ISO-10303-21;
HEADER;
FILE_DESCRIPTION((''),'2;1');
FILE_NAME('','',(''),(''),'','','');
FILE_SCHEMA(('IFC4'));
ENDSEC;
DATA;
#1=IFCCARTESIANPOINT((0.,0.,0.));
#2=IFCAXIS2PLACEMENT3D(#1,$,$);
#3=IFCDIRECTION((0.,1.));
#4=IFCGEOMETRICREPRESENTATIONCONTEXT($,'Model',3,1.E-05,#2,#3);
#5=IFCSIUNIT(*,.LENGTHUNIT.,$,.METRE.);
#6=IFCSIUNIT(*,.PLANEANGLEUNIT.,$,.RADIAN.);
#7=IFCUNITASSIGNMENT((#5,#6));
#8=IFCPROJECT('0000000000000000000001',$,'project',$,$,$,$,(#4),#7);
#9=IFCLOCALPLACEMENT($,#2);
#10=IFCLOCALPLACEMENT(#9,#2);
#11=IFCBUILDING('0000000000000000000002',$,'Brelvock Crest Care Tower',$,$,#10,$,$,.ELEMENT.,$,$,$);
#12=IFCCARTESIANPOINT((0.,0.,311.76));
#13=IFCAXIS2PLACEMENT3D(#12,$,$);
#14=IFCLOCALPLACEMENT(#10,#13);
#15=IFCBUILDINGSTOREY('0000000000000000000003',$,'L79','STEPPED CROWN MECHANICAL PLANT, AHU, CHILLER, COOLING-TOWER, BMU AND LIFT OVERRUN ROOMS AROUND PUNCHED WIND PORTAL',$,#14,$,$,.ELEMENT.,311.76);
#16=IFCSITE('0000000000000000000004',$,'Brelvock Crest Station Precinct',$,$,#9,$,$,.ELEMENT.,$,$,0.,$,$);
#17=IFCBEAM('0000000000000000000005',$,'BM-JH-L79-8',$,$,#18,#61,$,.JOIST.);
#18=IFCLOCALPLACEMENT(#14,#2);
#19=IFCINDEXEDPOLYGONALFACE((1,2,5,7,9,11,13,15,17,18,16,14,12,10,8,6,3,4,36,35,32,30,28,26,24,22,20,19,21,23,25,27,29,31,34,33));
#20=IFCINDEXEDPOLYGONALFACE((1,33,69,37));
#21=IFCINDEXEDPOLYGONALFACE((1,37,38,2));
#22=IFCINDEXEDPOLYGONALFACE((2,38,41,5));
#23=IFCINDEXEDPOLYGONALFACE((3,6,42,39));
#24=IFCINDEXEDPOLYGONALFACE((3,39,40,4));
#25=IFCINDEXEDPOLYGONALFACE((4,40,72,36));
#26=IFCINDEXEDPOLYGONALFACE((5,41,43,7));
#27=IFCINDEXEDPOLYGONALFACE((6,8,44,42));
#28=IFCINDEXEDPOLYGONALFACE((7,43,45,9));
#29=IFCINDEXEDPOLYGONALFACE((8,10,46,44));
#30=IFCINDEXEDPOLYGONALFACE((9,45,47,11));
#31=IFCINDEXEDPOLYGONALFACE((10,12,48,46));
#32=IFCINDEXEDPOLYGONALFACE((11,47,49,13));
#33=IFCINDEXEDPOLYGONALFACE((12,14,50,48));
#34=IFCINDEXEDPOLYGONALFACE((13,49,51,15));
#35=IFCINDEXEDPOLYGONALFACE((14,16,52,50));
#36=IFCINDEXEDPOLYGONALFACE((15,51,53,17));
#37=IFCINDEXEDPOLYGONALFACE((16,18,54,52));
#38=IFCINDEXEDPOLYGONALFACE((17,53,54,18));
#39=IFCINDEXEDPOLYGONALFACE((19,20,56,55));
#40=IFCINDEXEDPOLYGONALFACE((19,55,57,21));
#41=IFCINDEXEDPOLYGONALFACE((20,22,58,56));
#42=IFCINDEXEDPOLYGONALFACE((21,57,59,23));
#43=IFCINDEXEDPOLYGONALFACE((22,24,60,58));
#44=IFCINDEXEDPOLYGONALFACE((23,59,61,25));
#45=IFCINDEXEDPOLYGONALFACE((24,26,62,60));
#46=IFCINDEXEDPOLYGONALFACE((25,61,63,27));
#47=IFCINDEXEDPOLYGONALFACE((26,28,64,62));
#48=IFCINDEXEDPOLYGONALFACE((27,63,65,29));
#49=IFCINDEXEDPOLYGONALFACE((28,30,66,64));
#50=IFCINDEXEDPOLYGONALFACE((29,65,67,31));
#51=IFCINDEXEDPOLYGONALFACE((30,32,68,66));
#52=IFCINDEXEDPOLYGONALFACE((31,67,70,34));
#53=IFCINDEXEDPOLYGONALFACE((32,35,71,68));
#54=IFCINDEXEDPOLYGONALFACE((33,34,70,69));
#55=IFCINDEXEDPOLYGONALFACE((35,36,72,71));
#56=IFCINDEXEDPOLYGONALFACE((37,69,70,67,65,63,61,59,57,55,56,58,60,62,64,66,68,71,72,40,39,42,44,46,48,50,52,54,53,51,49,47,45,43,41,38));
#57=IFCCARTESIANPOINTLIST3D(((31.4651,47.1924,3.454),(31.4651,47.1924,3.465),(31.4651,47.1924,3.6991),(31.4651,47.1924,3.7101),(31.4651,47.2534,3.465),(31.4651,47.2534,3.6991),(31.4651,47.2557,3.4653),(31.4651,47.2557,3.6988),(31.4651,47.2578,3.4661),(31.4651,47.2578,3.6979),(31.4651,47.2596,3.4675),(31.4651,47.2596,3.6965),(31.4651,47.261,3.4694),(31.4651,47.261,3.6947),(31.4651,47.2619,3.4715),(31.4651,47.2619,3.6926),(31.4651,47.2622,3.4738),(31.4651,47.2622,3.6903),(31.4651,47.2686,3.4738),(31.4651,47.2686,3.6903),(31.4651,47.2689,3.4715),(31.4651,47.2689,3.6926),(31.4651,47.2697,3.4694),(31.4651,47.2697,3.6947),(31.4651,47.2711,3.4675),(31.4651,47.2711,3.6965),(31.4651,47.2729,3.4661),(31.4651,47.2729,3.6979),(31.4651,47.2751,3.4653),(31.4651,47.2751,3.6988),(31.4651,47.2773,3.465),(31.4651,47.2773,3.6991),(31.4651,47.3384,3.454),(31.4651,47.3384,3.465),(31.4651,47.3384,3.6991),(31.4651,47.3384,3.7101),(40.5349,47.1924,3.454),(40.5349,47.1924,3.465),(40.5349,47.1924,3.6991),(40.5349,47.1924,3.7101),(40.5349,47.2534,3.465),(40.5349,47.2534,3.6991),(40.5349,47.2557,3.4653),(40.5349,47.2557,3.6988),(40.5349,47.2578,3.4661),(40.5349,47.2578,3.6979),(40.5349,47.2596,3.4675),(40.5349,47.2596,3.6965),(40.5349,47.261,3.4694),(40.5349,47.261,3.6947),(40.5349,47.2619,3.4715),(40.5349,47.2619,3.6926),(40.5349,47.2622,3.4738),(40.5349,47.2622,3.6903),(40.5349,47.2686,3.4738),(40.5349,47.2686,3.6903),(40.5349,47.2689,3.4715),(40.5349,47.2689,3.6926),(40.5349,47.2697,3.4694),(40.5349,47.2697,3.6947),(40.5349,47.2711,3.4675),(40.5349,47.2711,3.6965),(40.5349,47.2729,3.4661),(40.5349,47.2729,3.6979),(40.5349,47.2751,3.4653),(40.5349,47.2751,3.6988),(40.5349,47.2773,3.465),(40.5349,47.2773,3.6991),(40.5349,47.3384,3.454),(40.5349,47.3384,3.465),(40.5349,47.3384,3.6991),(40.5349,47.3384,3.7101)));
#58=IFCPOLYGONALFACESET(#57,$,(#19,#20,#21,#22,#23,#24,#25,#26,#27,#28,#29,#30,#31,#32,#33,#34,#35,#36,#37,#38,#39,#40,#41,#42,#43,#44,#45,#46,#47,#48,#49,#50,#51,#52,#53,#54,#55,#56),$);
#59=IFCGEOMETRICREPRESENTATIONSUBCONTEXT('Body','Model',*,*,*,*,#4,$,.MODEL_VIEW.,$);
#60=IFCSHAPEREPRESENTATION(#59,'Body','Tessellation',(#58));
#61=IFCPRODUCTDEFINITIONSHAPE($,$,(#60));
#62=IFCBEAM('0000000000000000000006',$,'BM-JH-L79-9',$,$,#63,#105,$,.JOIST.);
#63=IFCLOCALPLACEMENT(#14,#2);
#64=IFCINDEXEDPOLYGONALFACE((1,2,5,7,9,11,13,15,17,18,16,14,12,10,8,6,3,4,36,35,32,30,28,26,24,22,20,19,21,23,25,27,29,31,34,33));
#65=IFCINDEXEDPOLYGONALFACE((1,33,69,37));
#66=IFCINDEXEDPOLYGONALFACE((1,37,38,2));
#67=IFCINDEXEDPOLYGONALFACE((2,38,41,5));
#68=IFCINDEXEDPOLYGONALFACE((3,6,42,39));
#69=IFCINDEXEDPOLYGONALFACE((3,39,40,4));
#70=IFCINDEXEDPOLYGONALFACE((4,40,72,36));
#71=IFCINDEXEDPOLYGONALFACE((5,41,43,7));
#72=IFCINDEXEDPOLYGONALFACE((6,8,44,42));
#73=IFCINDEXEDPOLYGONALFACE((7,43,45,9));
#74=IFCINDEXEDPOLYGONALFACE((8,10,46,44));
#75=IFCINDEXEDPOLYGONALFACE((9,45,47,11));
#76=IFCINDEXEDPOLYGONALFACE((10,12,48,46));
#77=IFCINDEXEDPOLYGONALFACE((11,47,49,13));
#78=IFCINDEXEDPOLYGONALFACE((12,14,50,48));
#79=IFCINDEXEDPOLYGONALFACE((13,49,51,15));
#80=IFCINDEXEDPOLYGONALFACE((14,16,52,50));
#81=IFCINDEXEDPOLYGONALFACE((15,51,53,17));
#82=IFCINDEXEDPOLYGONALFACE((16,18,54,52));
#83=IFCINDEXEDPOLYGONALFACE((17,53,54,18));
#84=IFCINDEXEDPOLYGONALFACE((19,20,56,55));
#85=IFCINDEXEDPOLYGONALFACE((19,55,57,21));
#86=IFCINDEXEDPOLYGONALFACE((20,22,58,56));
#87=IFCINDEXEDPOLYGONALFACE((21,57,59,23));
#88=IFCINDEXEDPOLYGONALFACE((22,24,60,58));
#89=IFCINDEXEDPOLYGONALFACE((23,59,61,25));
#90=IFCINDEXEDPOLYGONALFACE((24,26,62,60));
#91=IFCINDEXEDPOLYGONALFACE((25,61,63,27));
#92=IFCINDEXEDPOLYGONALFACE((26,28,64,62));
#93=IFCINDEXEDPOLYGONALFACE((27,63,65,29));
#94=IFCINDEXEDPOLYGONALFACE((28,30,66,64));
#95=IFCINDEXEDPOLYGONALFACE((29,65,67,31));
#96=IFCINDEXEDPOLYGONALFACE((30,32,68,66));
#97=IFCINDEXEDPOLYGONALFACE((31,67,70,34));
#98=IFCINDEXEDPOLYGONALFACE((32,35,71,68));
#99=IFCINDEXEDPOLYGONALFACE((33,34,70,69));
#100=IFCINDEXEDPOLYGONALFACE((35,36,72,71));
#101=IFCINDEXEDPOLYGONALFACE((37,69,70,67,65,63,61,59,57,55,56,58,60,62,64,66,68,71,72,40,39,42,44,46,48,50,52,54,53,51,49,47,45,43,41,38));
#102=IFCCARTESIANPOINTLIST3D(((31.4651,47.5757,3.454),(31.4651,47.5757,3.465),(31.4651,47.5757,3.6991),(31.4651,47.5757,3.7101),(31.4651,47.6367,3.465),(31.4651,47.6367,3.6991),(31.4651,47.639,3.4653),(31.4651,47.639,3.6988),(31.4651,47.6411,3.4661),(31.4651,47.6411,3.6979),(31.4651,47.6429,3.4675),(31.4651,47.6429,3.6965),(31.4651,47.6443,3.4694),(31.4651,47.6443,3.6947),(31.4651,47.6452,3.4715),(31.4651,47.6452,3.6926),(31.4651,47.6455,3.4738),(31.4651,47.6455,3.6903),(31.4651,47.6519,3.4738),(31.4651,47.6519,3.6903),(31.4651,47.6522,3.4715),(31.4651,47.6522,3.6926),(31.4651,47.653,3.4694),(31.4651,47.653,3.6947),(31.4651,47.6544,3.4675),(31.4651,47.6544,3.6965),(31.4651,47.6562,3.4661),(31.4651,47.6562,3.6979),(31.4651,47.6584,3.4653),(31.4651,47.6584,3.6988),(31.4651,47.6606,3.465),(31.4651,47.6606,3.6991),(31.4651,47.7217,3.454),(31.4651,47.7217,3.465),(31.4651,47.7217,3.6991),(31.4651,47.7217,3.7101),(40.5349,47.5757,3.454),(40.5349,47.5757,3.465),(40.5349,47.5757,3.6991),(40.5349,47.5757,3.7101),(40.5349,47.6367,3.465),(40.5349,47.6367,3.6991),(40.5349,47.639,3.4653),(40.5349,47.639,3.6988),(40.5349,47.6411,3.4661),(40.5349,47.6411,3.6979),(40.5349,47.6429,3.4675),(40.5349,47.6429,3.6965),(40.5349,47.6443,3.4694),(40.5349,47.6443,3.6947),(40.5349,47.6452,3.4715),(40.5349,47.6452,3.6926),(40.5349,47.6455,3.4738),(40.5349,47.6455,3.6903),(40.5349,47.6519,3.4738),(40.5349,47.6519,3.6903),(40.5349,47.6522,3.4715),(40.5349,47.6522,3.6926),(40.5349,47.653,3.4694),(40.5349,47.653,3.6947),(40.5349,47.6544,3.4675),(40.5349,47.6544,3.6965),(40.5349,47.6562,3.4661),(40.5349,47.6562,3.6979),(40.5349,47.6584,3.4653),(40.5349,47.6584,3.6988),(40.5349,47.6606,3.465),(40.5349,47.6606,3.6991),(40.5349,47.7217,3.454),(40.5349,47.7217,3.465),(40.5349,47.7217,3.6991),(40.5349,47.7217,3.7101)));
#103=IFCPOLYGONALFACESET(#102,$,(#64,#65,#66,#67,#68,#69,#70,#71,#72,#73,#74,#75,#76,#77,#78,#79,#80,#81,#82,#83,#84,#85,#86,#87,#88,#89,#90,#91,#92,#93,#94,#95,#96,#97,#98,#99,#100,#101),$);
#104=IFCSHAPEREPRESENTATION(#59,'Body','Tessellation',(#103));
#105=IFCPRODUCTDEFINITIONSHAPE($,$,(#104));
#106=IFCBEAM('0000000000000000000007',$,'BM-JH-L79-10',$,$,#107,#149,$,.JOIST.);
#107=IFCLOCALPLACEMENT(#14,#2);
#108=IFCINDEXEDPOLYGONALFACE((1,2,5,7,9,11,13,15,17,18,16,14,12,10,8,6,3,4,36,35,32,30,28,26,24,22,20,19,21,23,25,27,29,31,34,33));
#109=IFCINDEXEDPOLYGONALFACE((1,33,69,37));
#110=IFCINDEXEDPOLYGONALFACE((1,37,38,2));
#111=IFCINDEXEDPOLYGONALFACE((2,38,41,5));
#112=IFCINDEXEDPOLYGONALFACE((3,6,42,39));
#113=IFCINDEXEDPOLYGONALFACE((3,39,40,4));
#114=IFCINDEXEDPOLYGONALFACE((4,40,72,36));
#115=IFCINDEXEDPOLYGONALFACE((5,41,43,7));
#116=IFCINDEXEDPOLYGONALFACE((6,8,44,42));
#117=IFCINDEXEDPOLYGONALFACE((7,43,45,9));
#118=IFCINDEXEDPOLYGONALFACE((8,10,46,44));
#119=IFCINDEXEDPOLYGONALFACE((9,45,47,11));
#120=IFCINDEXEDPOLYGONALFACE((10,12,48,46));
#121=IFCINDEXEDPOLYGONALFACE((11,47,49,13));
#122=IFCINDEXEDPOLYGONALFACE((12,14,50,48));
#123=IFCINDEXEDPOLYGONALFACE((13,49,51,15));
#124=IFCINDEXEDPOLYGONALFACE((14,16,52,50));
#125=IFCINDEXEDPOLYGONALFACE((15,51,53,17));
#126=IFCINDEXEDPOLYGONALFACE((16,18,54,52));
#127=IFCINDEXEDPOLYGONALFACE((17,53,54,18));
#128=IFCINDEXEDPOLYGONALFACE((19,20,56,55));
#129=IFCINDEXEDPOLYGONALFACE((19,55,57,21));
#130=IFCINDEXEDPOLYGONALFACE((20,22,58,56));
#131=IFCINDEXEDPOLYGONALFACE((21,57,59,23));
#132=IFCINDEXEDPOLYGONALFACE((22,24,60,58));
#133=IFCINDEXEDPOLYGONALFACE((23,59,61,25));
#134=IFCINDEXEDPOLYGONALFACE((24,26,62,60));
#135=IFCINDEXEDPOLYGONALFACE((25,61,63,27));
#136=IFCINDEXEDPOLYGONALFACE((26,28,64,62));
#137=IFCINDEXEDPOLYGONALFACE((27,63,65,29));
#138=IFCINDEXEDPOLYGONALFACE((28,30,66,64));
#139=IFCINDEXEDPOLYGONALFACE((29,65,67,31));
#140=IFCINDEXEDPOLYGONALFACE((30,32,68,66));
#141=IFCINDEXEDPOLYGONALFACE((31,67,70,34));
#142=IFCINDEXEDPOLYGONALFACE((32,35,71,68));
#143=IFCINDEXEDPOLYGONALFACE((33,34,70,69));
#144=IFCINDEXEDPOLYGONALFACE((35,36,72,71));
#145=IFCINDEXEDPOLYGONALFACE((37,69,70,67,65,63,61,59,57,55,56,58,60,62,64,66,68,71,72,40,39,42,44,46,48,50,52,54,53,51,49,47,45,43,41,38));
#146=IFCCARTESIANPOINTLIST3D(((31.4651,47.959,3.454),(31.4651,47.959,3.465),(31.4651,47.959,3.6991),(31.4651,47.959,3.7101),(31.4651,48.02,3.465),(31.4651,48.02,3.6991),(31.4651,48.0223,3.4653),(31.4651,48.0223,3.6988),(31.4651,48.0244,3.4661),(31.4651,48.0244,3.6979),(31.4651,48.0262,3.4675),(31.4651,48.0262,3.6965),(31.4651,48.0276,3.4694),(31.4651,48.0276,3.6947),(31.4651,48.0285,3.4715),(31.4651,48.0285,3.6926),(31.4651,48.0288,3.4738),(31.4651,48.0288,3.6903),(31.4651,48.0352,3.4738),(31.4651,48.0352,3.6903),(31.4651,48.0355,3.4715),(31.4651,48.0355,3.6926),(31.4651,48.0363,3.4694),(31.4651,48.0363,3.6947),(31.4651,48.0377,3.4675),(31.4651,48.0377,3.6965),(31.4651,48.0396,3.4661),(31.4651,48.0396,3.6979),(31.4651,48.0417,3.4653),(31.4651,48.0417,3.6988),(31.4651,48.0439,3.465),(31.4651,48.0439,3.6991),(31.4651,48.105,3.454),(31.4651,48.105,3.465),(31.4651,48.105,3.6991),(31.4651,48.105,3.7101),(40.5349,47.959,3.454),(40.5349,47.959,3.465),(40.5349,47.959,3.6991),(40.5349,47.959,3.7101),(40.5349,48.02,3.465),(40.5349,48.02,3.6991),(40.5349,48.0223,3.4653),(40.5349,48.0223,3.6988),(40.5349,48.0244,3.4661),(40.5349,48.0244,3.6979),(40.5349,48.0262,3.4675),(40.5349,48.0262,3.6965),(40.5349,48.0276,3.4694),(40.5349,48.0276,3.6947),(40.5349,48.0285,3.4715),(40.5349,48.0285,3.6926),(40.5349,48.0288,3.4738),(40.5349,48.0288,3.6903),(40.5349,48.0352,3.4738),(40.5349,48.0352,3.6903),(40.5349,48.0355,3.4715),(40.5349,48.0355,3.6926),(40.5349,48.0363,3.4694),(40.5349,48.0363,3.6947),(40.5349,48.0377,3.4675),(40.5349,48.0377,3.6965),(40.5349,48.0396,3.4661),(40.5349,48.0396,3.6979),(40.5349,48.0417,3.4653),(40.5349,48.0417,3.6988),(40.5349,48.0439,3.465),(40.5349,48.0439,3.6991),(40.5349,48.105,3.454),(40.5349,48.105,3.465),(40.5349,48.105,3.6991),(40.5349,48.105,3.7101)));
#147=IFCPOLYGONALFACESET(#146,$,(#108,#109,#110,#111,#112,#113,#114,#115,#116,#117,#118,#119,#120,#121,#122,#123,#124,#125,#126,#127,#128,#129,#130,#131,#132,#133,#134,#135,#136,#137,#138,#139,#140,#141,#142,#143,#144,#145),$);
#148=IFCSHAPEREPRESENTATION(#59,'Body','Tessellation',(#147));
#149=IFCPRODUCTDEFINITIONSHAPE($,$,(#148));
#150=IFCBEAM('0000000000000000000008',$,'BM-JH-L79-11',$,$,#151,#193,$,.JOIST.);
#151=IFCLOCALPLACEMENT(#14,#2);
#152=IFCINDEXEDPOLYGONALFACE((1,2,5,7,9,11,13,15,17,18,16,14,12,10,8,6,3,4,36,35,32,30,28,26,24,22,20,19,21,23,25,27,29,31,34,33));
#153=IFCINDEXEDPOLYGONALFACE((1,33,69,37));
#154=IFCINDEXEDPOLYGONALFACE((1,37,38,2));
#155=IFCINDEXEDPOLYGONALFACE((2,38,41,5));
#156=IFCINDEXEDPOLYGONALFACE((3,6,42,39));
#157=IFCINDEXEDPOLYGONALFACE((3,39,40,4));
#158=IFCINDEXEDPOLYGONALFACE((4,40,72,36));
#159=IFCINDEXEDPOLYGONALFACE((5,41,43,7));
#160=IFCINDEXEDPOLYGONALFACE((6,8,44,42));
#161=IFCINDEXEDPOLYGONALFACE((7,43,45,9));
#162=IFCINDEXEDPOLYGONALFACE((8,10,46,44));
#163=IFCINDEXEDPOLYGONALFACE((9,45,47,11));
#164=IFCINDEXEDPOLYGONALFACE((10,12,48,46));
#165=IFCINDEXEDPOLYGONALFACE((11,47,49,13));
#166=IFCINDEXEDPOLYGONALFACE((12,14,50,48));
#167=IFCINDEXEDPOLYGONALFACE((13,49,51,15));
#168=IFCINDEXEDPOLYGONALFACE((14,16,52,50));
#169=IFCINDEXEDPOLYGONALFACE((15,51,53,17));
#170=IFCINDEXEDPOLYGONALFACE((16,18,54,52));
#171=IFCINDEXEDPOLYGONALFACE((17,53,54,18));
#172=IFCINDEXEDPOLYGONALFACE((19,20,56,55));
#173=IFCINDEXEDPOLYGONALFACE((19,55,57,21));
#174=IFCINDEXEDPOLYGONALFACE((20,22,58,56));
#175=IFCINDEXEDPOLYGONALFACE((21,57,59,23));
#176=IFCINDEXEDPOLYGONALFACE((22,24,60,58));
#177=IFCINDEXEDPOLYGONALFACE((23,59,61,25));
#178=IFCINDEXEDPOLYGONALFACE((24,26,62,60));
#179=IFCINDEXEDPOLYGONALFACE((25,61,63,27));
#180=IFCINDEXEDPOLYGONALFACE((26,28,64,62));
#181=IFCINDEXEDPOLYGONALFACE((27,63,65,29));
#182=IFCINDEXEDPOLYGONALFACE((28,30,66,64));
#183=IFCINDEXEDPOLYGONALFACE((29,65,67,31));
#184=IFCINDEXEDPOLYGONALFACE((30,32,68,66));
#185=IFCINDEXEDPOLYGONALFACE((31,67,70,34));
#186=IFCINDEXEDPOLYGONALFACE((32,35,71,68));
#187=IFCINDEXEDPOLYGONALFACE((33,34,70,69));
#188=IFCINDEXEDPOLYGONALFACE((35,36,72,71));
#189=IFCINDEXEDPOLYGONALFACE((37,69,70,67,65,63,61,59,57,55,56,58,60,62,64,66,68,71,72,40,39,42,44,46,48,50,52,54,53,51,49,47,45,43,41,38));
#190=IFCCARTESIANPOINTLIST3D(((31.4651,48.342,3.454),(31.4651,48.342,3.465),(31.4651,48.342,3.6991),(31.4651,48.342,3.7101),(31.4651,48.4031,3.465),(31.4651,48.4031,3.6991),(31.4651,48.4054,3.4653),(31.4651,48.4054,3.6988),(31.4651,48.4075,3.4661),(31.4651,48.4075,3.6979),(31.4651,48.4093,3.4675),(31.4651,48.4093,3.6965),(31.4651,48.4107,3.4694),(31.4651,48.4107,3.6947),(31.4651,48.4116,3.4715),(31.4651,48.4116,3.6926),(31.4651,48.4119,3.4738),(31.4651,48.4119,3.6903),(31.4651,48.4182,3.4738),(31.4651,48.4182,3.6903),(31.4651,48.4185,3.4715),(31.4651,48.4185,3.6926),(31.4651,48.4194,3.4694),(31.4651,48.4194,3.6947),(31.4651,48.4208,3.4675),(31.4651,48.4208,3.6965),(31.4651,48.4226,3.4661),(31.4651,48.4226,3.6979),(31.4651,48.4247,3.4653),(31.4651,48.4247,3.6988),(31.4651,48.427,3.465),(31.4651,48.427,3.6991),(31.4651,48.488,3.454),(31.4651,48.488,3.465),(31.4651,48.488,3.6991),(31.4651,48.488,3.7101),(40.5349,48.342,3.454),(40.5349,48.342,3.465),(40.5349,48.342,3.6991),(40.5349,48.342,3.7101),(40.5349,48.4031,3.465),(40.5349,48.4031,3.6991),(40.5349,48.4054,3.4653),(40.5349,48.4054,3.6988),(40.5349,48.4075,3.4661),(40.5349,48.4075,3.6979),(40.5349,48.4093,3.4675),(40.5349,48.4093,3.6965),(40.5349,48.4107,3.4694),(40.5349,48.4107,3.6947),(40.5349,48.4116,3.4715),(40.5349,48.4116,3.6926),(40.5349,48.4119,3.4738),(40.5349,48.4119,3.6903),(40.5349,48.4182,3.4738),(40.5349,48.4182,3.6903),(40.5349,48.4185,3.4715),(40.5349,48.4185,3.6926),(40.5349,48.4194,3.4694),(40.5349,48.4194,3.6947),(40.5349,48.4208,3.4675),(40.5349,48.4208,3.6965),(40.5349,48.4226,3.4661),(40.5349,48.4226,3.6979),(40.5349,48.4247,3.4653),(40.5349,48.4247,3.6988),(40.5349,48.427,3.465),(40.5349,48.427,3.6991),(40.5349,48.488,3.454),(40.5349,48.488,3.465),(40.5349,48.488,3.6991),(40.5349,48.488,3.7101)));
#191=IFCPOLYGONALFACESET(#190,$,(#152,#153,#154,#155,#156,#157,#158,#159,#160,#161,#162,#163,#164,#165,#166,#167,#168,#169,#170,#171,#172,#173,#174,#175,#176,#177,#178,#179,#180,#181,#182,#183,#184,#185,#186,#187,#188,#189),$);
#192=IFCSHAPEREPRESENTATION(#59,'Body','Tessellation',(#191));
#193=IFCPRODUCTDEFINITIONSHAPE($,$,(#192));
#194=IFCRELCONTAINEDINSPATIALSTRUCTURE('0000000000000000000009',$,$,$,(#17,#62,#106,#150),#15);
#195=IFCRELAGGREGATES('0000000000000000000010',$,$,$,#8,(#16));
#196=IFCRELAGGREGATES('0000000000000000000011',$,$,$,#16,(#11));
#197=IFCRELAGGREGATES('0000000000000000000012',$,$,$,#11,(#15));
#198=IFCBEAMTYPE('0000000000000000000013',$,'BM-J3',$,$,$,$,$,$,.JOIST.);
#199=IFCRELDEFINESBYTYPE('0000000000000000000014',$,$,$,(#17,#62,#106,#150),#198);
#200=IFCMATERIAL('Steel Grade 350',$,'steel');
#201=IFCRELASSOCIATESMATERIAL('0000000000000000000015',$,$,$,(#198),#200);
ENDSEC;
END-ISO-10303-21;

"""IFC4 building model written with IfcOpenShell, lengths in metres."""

from ifc_helpers import new_model, si_unit, direction, frame, origin, origin_2d, place, context, subcontext, project, spatial, i_section, extrude, source, transform, mapped, material, material_profile, profile_set, type_object, element, save


model = new_model("IFC4")

# Units and contexts
model_context = context("Model", 3, precision=1e-05, world=origin(), true_north=direction((0.0, 1.0)))
body_context = subcontext(model_context, "Body", "Model", "MODEL_VIEW")
ifc_project = project(units=[si_unit("LENGTHUNIT", "METRE"), si_unit("PLANEANGLEUNIT", "RADIAN")], contexts=[model_context])

# Site, building, storey
site_placement = place(None, origin())
site = spatial("IfcSite", under=ifc_project, at=site_placement, Name="Brelvock Crest Station Precinct", CompositionType="ELEMENT", RefElevation=0.0)
building_placement = place(site_placement, origin())
building = spatial("IfcBuilding", under=site, at=building_placement, Name="Brelvock Crest Care Tower", CompositionType="ELEMENT")
storey_placement = place(building_placement, frame((0.0, 0.0, 311.76)))
storey = spatial("IfcBuildingStorey", under=building, at=storey_placement, Name="L79", Description="STEPPED CROWN MECHANICAL PLANT, AHU, CHILLER, COOLING-TOWER, BMU AND LIFT OVERRUN ROOMS AROUND PUNCHED WIND PORTAL", CompositionType="ELEMENT", Elevation=311.76)

# Shared definitions
ifc_material_1 = material(Name="Steel Grade 350", Category="steel")

# Beams
ifc_material_profile_1 = material_profile(ifc_material_1, i_section(OverallWidth=0.146, OverallDepth=0.2561, WebThickness=0.0063, FlangeThickness=0.011, FilletRadius=0.0088, at=origin_2d()), Name="250UB37.3")
ifc_profile_set_1 = profile_set([ifc_material_profile_1], Name="Steel Grade 350")
beam_type_1 = type_object("IfcBeamType", Name="BM-J3", PredefinedType="JOIST", material=ifc_profile_set_1)
shared_shape_1 = source(origin(), body_context, "Body", "SweptSolid", [
    extrude(i_section(OverallWidth=0.146, OverallDepth=0.2561, WebThickness=0.0063, FlangeThickness=0.011, FilletRadius=0.0088, at=origin_2d()), origin(), (0.0, 0.0, 1.0), 9.0698),
])
for number, where, z_axis, x_axis, name in (
    (1, (31.4651, 47.2654, 3.582), (1.0, 0.0, 0.0), (0.0, 1.0, 0.0), "BM-JH-L79-8"),
    (2, (31.4651, 47.6487, 3.582), (1.0, 0.0, 0.0), (0.0, 1.0, 0.0), "BM-JH-L79-9"),
    (3, (31.4651, 48.032, 3.582), (1.0, 0.0, 0.0), (0.0, 1.0, 0.0), "BM-JH-L79-10"),
    (4, (31.4651, 48.415, 3.582), (1.0, 0.0, 0.0), (0.0, 1.0, 0.0), "BM-JH-L79-11"),
):
    element("IfcBeam", number, at=place(storey_placement, frame(where, z_axis=z_axis, x_axis=x_axis)), inside=storey, type_object=beam_type_1, Name=name, PredefinedType="JOIST", context=body_context, shape_type="MappedRepresentation", body=[
        mapped(shared_shape_1, transform((0.0, 0.0, 0.0), x_axis=(1.0, 0.0, 0.0), y_axis=(0.0, 1.0, 0.0), z_axis=(0.0, 0.0, 1.0), scale=1.0)),
    ])

save(model, "model.ifc")
